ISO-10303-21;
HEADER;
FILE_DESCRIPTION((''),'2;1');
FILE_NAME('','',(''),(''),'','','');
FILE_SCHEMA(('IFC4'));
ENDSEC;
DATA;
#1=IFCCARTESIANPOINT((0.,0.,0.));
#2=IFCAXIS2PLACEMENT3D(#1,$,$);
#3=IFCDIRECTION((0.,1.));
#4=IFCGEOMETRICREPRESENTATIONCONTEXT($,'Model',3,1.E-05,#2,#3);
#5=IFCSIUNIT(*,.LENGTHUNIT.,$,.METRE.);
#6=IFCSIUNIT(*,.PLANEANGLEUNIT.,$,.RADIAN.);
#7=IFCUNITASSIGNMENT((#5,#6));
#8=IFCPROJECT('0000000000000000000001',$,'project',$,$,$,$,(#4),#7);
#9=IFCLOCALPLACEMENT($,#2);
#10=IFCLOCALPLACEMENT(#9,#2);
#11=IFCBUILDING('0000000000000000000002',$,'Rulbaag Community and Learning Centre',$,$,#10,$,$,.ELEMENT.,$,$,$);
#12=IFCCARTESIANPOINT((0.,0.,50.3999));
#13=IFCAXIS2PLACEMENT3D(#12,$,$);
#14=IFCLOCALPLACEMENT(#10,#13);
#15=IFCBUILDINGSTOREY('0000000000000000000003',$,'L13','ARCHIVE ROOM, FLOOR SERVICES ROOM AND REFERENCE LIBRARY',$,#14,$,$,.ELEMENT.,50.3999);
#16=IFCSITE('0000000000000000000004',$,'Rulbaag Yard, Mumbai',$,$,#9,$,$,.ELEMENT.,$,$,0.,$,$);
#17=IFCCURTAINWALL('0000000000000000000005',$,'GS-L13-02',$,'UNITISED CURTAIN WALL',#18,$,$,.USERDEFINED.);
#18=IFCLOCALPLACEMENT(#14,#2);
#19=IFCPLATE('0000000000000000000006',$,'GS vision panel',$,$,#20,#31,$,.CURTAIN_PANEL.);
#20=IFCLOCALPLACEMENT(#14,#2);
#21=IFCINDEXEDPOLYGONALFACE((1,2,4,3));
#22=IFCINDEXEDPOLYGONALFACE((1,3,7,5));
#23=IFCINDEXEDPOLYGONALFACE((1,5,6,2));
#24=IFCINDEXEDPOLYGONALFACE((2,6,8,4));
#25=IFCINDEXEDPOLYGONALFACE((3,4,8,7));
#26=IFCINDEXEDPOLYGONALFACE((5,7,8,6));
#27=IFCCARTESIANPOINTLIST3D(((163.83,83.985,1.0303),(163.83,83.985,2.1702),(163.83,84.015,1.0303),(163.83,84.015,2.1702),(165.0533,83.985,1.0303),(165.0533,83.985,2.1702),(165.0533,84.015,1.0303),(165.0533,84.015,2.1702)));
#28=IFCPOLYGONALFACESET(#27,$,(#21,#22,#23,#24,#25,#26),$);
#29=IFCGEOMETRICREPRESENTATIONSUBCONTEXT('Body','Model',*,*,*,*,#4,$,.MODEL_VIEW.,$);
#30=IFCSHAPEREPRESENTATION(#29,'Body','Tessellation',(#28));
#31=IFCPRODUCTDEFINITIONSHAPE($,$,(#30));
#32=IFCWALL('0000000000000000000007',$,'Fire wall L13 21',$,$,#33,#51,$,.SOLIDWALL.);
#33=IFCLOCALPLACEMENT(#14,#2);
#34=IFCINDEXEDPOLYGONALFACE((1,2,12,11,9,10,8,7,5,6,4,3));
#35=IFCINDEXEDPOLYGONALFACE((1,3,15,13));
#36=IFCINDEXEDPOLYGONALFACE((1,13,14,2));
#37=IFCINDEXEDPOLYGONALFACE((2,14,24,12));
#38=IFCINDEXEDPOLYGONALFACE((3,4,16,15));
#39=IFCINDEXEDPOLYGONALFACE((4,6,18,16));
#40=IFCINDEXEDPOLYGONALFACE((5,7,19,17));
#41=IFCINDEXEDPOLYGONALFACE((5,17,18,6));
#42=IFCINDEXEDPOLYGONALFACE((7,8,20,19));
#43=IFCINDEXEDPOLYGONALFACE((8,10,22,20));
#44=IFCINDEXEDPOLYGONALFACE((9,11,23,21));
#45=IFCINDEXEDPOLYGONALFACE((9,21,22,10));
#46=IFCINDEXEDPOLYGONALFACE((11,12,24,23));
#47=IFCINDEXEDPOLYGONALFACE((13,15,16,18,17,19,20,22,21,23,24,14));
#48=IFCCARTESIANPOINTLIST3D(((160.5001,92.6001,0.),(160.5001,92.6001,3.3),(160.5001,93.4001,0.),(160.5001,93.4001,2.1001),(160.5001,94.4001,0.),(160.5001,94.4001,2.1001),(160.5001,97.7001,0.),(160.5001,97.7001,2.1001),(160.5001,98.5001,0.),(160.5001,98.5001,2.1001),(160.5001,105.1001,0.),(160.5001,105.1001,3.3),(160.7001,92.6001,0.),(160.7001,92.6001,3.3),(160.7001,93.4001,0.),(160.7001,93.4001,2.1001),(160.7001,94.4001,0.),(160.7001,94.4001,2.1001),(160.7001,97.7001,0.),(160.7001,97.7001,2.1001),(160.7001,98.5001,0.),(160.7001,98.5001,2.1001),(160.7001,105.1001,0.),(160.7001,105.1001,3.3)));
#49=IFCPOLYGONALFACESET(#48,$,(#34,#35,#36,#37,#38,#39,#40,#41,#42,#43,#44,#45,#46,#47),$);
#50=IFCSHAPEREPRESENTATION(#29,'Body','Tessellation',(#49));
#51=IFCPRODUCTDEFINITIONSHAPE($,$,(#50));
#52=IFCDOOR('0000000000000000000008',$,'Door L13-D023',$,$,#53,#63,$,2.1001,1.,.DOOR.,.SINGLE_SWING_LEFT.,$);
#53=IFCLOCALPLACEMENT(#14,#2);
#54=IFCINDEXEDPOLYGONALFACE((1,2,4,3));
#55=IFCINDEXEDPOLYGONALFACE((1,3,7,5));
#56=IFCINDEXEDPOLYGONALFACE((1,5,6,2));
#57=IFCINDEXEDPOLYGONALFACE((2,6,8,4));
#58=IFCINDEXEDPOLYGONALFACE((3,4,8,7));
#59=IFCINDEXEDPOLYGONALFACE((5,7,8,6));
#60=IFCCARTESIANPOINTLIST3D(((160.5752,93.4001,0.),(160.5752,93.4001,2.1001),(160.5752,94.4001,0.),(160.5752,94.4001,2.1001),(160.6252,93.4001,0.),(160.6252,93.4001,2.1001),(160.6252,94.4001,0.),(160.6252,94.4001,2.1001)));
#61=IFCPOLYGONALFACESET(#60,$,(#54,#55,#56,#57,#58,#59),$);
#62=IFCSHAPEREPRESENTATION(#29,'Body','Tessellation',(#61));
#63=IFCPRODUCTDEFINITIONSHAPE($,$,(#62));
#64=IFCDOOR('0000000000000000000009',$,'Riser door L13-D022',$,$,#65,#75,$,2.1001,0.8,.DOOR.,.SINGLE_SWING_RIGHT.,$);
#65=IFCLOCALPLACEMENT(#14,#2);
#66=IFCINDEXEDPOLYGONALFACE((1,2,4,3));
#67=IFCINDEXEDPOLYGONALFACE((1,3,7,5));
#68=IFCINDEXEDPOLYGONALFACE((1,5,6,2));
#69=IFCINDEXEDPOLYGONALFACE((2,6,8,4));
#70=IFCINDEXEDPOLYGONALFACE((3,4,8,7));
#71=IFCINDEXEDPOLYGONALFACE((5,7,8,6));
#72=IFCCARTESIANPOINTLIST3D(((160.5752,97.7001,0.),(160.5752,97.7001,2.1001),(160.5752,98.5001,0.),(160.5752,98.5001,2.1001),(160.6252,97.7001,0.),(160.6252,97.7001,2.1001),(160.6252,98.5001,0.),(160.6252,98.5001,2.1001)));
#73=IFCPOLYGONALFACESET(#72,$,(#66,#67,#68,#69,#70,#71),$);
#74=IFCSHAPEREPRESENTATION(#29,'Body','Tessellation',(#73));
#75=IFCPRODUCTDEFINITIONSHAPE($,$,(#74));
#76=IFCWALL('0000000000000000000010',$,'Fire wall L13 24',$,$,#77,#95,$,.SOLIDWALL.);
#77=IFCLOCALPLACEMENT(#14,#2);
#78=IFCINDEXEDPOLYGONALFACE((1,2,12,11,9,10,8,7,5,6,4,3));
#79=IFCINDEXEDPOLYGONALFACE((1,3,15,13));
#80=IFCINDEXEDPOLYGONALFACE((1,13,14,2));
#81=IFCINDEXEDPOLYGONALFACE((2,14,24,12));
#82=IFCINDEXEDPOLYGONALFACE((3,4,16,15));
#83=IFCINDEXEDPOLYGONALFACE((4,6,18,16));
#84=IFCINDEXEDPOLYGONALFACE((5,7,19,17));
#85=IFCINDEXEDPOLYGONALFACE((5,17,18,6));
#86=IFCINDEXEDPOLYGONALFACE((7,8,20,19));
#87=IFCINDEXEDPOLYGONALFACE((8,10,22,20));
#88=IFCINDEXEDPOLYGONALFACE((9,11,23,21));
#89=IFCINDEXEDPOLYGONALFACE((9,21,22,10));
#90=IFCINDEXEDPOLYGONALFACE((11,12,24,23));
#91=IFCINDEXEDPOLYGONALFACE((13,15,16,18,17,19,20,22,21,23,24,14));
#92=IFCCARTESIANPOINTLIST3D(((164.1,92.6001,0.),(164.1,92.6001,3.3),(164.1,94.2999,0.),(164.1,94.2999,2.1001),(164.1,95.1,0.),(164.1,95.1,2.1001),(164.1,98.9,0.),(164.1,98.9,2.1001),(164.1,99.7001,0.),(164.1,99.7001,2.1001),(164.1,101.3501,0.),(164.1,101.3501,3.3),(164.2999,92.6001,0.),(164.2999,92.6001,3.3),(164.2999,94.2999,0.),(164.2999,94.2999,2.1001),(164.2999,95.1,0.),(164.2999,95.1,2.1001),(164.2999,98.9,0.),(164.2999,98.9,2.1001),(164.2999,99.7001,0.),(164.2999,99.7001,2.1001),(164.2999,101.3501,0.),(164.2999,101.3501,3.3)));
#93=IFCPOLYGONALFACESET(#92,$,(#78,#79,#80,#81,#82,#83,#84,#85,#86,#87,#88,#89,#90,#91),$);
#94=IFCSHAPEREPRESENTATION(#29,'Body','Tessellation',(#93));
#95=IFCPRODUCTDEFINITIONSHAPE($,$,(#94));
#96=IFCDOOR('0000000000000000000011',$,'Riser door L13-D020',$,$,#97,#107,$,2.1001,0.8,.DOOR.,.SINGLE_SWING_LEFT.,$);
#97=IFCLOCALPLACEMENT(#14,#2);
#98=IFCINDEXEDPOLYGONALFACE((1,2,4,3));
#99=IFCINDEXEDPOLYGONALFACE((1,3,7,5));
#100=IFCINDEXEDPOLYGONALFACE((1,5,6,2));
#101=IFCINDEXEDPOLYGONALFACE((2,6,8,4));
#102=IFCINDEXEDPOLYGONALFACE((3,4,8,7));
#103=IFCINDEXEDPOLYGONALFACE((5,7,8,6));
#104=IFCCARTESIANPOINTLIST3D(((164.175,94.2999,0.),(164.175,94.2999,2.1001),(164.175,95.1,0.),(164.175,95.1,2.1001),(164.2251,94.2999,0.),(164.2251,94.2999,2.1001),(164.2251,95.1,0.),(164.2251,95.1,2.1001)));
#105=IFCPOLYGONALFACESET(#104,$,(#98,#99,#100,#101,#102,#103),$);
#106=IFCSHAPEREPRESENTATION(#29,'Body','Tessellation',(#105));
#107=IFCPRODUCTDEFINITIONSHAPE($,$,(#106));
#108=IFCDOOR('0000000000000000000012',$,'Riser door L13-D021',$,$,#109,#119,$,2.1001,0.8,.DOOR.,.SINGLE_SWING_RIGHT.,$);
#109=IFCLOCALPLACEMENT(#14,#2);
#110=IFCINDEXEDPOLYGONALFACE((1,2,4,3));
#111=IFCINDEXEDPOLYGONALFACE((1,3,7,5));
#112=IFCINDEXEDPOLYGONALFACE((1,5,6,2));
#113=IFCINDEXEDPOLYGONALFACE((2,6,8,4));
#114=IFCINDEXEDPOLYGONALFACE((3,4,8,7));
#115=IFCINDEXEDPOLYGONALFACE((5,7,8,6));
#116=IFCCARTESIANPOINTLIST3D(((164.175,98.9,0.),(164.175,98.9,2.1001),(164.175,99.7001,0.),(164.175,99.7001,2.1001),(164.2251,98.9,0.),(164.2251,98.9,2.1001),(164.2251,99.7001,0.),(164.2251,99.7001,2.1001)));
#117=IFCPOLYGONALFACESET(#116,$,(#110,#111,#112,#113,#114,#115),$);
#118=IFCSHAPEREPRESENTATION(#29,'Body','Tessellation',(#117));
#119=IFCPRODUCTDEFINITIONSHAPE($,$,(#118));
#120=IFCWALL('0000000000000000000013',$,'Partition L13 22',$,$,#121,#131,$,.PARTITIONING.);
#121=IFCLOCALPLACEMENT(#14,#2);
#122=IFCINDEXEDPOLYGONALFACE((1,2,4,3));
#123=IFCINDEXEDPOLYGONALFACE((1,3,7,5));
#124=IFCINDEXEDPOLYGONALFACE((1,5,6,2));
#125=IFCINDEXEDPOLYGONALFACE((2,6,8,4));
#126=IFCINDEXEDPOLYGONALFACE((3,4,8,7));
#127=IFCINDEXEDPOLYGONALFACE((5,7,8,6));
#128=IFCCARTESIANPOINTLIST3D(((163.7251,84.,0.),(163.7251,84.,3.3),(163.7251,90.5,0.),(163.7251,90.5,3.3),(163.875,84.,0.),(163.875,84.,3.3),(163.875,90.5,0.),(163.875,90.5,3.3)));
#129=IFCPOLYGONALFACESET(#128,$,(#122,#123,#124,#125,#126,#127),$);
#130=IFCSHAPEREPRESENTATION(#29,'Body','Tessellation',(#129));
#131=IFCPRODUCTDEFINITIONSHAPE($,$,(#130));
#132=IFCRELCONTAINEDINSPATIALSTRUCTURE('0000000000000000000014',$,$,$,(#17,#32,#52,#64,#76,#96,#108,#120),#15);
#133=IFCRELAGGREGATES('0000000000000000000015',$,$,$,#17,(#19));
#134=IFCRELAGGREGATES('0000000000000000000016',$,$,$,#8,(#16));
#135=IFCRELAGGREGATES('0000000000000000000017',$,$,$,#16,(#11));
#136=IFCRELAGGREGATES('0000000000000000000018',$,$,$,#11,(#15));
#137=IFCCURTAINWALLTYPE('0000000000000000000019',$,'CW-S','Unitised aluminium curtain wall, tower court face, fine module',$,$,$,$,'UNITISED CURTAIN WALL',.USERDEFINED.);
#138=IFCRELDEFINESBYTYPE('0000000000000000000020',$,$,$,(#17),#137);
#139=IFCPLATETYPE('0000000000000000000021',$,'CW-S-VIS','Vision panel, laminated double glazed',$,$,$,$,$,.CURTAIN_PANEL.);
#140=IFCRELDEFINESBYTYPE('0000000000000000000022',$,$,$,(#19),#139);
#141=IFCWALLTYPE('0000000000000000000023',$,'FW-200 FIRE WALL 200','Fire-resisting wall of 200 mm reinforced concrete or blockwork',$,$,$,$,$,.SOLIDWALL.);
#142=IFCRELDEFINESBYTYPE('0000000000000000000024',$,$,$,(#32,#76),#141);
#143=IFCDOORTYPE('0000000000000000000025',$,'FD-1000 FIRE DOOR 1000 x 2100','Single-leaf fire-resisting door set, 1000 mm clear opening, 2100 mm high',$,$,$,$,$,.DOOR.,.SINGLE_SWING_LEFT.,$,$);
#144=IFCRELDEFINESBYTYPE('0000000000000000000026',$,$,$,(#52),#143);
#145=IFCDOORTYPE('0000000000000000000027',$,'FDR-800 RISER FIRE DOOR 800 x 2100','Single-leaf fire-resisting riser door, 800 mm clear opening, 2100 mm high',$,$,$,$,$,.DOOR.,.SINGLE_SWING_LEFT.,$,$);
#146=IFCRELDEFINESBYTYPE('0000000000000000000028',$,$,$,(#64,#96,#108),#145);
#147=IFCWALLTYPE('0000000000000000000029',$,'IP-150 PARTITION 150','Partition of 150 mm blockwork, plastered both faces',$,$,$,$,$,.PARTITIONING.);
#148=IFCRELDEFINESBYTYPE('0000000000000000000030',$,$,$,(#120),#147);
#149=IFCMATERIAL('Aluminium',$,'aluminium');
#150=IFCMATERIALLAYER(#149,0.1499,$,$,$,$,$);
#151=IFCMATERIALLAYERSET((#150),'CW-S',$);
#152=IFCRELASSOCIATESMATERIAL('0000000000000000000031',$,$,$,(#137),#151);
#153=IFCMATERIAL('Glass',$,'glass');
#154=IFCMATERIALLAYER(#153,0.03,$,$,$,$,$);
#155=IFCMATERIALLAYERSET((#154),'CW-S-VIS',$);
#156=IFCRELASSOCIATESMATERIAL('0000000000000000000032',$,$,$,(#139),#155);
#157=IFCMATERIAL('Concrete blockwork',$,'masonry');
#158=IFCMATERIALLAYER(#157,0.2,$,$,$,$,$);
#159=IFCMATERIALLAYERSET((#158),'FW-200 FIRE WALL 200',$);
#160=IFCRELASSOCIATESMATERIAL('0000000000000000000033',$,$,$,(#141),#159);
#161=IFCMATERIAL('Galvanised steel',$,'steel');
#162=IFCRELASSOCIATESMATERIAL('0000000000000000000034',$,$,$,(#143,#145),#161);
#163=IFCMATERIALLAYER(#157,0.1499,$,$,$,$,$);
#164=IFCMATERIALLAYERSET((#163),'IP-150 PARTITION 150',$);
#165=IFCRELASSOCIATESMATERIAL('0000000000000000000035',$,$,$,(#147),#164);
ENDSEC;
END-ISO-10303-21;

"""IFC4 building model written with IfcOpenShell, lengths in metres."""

from ifc_helpers import new_model, si_unit, direction, frame, frame_2d, origin, origin_2d, place, context, subcontext, project, spatial, rectangle, extrude, material, layer, layer_set, type_object, element, fill, aggregate, save


model = new_model("IFC4")

# Units and contexts
model_context = context("Model", 3, precision=1e-05, world=origin(), true_north=direction((0.0, 1.0)))
body_context = subcontext(model_context, "Body", "Model", "MODEL_VIEW")
ifc_project = project(units=[si_unit("LENGTHUNIT", "METRE"), si_unit("PLANEANGLEUNIT", "RADIAN")], contexts=[model_context])

# Site, building, storey
site_placement = place(None, origin())
site = spatial("IfcSite", under=ifc_project, at=site_placement, Name="Rulbaag Yard, Mumbai", CompositionType="ELEMENT", RefElevation=0.0)
building_placement = place(site_placement, origin())
building = spatial("IfcBuilding", under=site, at=building_placement, Name="Rulbaag Community and Learning Centre", CompositionType="ELEMENT")
storey_placement = place(building_placement, frame((0.0, 0.0, 50.3999)))
storey = spatial("IfcBuildingStorey", under=building, at=storey_placement, Name="L13", Description="ARCHIVE ROOM, FLOOR SERVICES ROOM AND REFERENCE LIBRARY", CompositionType="ELEMENT", Elevation=50.3999)

# Curtain wall, plate
ifc_material_1 = material(Name="Aluminium", Category="aluminium")
ifc_layer_1 = layer(ifc_material_1, 0.1499)
ifc_layer_set_1 = layer_set([ifc_layer_1], Name="CW-S")
curtain_wall_type = type_object("IfcCurtainWallType", Name="CW-S", Description="Unitised aluminium curtain wall, tower court face, fine module", ElementType="UNITISED CURTAIN WALL", PredefinedType="USERDEFINED", material=ifc_layer_set_1)
curtain_wall_placement = place(storey_placement, origin())
curtain_wall = element("IfcCurtainWall", 1, at=curtain_wall_placement, inside=storey, type_object=curtain_wall_type, Name="GS-L13-02", ObjectType="UNITISED CURTAIN WALL", PredefinedType="USERDEFINED")
ifc_material_2 = material(Name="Glass", Category="glass")
ifc_layer_2 = layer(ifc_material_2, 0.03)
ifc_layer_set_2 = layer_set([ifc_layer_2], Name="CW-S-VIS")
plate_type_1 = type_object("IfcPlateType", Name="CW-S-VIS", Description="Vision panel, laminated double glazed", PredefinedType="CURTAIN_PANEL", material=ifc_layer_set_2)
plate_1_placement = place(storey_placement, frame((164.4417, 84.0, 1.0303), z_axis=(0.0, 0.0, 1.0), x_axis=(1.0, 0.0, 0.0)))
plate_1 = element("IfcPlate", 2, at=plate_1_placement, type_object=plate_type_1, Name="GS vision panel", PredefinedType="CURTAIN_PANEL", context=body_context, shape_type="SweptSolid", body=[
    extrude(rectangle(XDim=1.2234, YDim=0.03, at=origin_2d()), origin(), (0.0, 0.0, 1.0), 1.1399),
])
aggregate(curtain_wall, [plate_1])

# Walls, openings, doors
ifc_material_3 = material(Name="Concrete blockwork", Category="masonry")
ifc_layer_3 = layer(ifc_material_3, 0.2)
ifc_layer_set_3 = layer_set([ifc_layer_3], Name="FW-200 FIRE WALL 200")
wall_type_1 = type_object("IfcWallType", Name="FW-200 FIRE WALL 200", Description="Fire-resisting wall of 200 mm reinforced concrete or blockwork", PredefinedType="SOLIDWALL", material=ifc_layer_set_3)
wall_1_placement = place(storey_placement, frame((160.6001, 92.6001, 0.0), z_axis=(0.0, 0.0, 1.0), x_axis=(0.0, 1.0, 0.0)))
wall_1 = element("IfcWall", 3, at=wall_1_placement, inside=storey, type_object=wall_type_1, Name="Fire wall L13 21", PredefinedType="SOLIDWALL", context=body_context, shape_type="SweptSolid", body=[
    extrude(rectangle(XDim=12.5, YDim=0.2, at=frame_2d((6.25, 0.0))), origin(), (0.0, 0.0, 1.0), 3.3),
])
opening_1_placement = place(wall_1_placement, frame((5.1001, 0.0, 0.0)))
opening_1 = element("IfcOpeningElement", 4, at=opening_1_placement, cuts=wall_1, PredefinedType="OPENING", context=body_context, shape_type="SweptSolid", body=[
    extrude(rectangle(XDim=0.8, YDim=2.1001, at=frame_2d((0.3999, 1.05))), frame((0.0, 0.1099, 0.0), z_axis=(0.0, -1.0, 0.0), x_axis=(1.0, 0.0, 0.0)), (0.0, 0.0, 1.0), 0.22),
])
opening_2_placement = place(wall_1_placement, frame((0.8, 0.0, 0.0)))
opening_2 = element("IfcOpeningElement", 5, at=opening_2_placement, cuts=wall_1, PredefinedType="OPENING", context=body_context, shape_type="SweptSolid", body=[
    extrude(rectangle(XDim=1.0, YDim=2.1001, at=frame_2d((0.5, 1.05))), frame((0.0, 0.1099, 0.0), z_axis=(0.0, -1.0, 0.0), x_axis=(1.0, 0.0, 0.0)), (0.0, 0.0, 1.0), 0.22),
])
ifc_material_4 = material(Name="Galvanised steel", Category="steel")
door_type_1 = type_object("IfcDoorType", Name="FD-1000 FIRE DOOR 1000 x 2100", Description="Single-leaf fire-resisting door set, 1000 mm clear opening, 2100 mm high", OperationType="SINGLE_SWING_LEFT", PredefinedType="DOOR", material=ifc_material_4)
door_1_placement = place(opening_2_placement, origin())
door_1 = element("IfcDoor", 6, at=door_1_placement, inside=storey, type_object=door_type_1, Name="Door L13-D023", OperationType="SINGLE_SWING_LEFT", OverallHeight=2.1001, OverallWidth=1.0, PredefinedType="DOOR", context=body_context, shape_type="SweptSolid", body=[
    extrude(rectangle(XDim=1.0, YDim=2.1001, at=frame_2d((0.5, 1.05))), frame((0.0, 0.0249, 0.0), z_axis=(0.0, -1.0, 0.0), x_axis=(1.0, 0.0, 0.0)), (0.0, 0.0, 1.0), 0.05),
])
fill(opening_2, door_1)
door_type_2 = type_object("IfcDoorType", Name="FDR-800 RISER FIRE DOOR 800 x 2100", Description="Single-leaf fire-resisting riser door, 800 mm clear opening, 2100 mm high", OperationType="SINGLE_SWING_LEFT", PredefinedType="DOOR", material=ifc_material_4)
door_2_placement = place(opening_1_placement, origin())
door_2 = element("IfcDoor", 7, at=door_2_placement, inside=storey, type_object=door_type_2, Name="Riser door L13-D022", OperationType="SINGLE_SWING_RIGHT", OverallHeight=2.1001, OverallWidth=0.8, PredefinedType="DOOR", context=body_context, shape_type="SweptSolid", body=[
    extrude(rectangle(XDim=0.8, YDim=2.1001, at=frame_2d((0.3999, 1.05))), frame((0.0, 0.0249, 0.0), z_axis=(0.0, -1.0, 0.0), x_axis=(1.0, 0.0, 0.0)), (0.0, 0.0, 1.0), 0.05),
])
fill(opening_1, door_2)
wall_2_placement = place(storey_placement, frame((164.2, 92.6001, 0.0), z_axis=(0.0, 0.0, 1.0), x_axis=(0.0, 1.0, 0.0)))
wall_2 = element("IfcWall", 8, at=wall_2_placement, inside=storey, type_object=wall_type_1, Name="Fire wall L13 24", PredefinedType="SOLIDWALL", context=body_context, shape_type="SweptSolid", body=[
    extrude(rectangle(XDim=8.75, YDim=0.2, at=frame_2d((4.375, 0.0))), origin(), (0.0, 0.0, 1.0), 3.3),
])
opening_3_placement = place(wall_2_placement, frame((1.7, 0.0, 0.0)))
opening_3 = element("IfcOpeningElement", 9, at=opening_3_placement, cuts=wall_2, PredefinedType="OPENING", context=body_context, shape_type="SweptSolid", body=[
    extrude(rectangle(XDim=0.8, YDim=2.1001, at=frame_2d((0.3999, 1.05))), frame((0.0, 0.1099, 0.0), z_axis=(0.0, -1.0, 0.0), x_axis=(1.0, 0.0, 0.0)), (0.0, 0.0, 1.0), 0.22),
])
opening_4_placement = place(wall_2_placement, frame((6.3, 0.0, 0.0)))
opening_4 = element("IfcOpeningElement", 10, at=opening_4_placement, cuts=wall_2, PredefinedType="OPENING", context=body_context, shape_type="SweptSolid", body=[
    extrude(rectangle(XDim=0.8, YDim=2.1001, at=frame_2d((0.3999, 1.05))), frame((0.0, 0.1099, 0.0), z_axis=(0.0, -1.0, 0.0), x_axis=(1.0, 0.0, 0.0)), (0.0, 0.0, 1.0), 0.22),
])
door_3_placement = place(opening_3_placement, origin())
door_3 = element("IfcDoor", 11, at=door_3_placement, inside=storey, type_object=door_type_2, Name="Riser door L13-D020", OperationType="SINGLE_SWING_LEFT", OverallHeight=2.1001, OverallWidth=0.8, PredefinedType="DOOR", context=body_context, shape_type="SweptSolid", body=[
    extrude(rectangle(XDim=0.8, YDim=2.1001, at=frame_2d((0.3999, 1.05))), frame((0.0, 0.0249, 0.0), z_axis=(0.0, -1.0, 0.0), x_axis=(1.0, 0.0, 0.0)), (0.0, 0.0, 1.0), 0.05),
])
fill(opening_3, door_3)
door_4_placement = place(opening_4_placement, origin())
door_4 = element("IfcDoor", 12, at=door_4_placement, inside=storey, type_object=door_type_2, Name="Riser door L13-D021", OperationType="SINGLE_SWING_RIGHT", OverallHeight=2.1001, OverallWidth=0.8, PredefinedType="DOOR", context=body_context, shape_type="SweptSolid", body=[
    extrude(rectangle(XDim=0.8, YDim=2.1001, at=frame_2d((0.3999, 1.05))), frame((0.0, 0.0249, 0.0), z_axis=(0.0, -1.0, 0.0), x_axis=(1.0, 0.0, 0.0)), (0.0, 0.0, 1.0), 0.05),
])
fill(opening_4, door_4)

# Wall
ifc_layer_4 = layer(ifc_material_3, 0.1499)
ifc_layer_set_4 = layer_set([ifc_layer_4], Name="IP-150 PARTITION 150")
wall_type_2 = type_object("IfcWallType", Name="IP-150 PARTITION 150", Description="Partition of 150 mm blockwork, plastered both faces", PredefinedType="PARTITIONING", material=ifc_layer_set_4)
wall_3_placement = place(storey_placement, frame((163.8, 84.0, 0.0), z_axis=(0.0, 0.0, 1.0), x_axis=(0.0, 1.0, 0.0)))
element("IfcWall", 13, at=wall_3_placement, inside=storey, type_object=wall_type_2, Name="Partition L13 22", PredefinedType="PARTITIONING", context=body_context, shape_type="SweptSolid", body=[
    extrude(rectangle(XDim=6.5, YDim=0.1499, at=frame_2d((3.25, 0.0))), origin(), (0.0, 0.0, 1.0), 3.3),
])

save(model, "model.ifc")
